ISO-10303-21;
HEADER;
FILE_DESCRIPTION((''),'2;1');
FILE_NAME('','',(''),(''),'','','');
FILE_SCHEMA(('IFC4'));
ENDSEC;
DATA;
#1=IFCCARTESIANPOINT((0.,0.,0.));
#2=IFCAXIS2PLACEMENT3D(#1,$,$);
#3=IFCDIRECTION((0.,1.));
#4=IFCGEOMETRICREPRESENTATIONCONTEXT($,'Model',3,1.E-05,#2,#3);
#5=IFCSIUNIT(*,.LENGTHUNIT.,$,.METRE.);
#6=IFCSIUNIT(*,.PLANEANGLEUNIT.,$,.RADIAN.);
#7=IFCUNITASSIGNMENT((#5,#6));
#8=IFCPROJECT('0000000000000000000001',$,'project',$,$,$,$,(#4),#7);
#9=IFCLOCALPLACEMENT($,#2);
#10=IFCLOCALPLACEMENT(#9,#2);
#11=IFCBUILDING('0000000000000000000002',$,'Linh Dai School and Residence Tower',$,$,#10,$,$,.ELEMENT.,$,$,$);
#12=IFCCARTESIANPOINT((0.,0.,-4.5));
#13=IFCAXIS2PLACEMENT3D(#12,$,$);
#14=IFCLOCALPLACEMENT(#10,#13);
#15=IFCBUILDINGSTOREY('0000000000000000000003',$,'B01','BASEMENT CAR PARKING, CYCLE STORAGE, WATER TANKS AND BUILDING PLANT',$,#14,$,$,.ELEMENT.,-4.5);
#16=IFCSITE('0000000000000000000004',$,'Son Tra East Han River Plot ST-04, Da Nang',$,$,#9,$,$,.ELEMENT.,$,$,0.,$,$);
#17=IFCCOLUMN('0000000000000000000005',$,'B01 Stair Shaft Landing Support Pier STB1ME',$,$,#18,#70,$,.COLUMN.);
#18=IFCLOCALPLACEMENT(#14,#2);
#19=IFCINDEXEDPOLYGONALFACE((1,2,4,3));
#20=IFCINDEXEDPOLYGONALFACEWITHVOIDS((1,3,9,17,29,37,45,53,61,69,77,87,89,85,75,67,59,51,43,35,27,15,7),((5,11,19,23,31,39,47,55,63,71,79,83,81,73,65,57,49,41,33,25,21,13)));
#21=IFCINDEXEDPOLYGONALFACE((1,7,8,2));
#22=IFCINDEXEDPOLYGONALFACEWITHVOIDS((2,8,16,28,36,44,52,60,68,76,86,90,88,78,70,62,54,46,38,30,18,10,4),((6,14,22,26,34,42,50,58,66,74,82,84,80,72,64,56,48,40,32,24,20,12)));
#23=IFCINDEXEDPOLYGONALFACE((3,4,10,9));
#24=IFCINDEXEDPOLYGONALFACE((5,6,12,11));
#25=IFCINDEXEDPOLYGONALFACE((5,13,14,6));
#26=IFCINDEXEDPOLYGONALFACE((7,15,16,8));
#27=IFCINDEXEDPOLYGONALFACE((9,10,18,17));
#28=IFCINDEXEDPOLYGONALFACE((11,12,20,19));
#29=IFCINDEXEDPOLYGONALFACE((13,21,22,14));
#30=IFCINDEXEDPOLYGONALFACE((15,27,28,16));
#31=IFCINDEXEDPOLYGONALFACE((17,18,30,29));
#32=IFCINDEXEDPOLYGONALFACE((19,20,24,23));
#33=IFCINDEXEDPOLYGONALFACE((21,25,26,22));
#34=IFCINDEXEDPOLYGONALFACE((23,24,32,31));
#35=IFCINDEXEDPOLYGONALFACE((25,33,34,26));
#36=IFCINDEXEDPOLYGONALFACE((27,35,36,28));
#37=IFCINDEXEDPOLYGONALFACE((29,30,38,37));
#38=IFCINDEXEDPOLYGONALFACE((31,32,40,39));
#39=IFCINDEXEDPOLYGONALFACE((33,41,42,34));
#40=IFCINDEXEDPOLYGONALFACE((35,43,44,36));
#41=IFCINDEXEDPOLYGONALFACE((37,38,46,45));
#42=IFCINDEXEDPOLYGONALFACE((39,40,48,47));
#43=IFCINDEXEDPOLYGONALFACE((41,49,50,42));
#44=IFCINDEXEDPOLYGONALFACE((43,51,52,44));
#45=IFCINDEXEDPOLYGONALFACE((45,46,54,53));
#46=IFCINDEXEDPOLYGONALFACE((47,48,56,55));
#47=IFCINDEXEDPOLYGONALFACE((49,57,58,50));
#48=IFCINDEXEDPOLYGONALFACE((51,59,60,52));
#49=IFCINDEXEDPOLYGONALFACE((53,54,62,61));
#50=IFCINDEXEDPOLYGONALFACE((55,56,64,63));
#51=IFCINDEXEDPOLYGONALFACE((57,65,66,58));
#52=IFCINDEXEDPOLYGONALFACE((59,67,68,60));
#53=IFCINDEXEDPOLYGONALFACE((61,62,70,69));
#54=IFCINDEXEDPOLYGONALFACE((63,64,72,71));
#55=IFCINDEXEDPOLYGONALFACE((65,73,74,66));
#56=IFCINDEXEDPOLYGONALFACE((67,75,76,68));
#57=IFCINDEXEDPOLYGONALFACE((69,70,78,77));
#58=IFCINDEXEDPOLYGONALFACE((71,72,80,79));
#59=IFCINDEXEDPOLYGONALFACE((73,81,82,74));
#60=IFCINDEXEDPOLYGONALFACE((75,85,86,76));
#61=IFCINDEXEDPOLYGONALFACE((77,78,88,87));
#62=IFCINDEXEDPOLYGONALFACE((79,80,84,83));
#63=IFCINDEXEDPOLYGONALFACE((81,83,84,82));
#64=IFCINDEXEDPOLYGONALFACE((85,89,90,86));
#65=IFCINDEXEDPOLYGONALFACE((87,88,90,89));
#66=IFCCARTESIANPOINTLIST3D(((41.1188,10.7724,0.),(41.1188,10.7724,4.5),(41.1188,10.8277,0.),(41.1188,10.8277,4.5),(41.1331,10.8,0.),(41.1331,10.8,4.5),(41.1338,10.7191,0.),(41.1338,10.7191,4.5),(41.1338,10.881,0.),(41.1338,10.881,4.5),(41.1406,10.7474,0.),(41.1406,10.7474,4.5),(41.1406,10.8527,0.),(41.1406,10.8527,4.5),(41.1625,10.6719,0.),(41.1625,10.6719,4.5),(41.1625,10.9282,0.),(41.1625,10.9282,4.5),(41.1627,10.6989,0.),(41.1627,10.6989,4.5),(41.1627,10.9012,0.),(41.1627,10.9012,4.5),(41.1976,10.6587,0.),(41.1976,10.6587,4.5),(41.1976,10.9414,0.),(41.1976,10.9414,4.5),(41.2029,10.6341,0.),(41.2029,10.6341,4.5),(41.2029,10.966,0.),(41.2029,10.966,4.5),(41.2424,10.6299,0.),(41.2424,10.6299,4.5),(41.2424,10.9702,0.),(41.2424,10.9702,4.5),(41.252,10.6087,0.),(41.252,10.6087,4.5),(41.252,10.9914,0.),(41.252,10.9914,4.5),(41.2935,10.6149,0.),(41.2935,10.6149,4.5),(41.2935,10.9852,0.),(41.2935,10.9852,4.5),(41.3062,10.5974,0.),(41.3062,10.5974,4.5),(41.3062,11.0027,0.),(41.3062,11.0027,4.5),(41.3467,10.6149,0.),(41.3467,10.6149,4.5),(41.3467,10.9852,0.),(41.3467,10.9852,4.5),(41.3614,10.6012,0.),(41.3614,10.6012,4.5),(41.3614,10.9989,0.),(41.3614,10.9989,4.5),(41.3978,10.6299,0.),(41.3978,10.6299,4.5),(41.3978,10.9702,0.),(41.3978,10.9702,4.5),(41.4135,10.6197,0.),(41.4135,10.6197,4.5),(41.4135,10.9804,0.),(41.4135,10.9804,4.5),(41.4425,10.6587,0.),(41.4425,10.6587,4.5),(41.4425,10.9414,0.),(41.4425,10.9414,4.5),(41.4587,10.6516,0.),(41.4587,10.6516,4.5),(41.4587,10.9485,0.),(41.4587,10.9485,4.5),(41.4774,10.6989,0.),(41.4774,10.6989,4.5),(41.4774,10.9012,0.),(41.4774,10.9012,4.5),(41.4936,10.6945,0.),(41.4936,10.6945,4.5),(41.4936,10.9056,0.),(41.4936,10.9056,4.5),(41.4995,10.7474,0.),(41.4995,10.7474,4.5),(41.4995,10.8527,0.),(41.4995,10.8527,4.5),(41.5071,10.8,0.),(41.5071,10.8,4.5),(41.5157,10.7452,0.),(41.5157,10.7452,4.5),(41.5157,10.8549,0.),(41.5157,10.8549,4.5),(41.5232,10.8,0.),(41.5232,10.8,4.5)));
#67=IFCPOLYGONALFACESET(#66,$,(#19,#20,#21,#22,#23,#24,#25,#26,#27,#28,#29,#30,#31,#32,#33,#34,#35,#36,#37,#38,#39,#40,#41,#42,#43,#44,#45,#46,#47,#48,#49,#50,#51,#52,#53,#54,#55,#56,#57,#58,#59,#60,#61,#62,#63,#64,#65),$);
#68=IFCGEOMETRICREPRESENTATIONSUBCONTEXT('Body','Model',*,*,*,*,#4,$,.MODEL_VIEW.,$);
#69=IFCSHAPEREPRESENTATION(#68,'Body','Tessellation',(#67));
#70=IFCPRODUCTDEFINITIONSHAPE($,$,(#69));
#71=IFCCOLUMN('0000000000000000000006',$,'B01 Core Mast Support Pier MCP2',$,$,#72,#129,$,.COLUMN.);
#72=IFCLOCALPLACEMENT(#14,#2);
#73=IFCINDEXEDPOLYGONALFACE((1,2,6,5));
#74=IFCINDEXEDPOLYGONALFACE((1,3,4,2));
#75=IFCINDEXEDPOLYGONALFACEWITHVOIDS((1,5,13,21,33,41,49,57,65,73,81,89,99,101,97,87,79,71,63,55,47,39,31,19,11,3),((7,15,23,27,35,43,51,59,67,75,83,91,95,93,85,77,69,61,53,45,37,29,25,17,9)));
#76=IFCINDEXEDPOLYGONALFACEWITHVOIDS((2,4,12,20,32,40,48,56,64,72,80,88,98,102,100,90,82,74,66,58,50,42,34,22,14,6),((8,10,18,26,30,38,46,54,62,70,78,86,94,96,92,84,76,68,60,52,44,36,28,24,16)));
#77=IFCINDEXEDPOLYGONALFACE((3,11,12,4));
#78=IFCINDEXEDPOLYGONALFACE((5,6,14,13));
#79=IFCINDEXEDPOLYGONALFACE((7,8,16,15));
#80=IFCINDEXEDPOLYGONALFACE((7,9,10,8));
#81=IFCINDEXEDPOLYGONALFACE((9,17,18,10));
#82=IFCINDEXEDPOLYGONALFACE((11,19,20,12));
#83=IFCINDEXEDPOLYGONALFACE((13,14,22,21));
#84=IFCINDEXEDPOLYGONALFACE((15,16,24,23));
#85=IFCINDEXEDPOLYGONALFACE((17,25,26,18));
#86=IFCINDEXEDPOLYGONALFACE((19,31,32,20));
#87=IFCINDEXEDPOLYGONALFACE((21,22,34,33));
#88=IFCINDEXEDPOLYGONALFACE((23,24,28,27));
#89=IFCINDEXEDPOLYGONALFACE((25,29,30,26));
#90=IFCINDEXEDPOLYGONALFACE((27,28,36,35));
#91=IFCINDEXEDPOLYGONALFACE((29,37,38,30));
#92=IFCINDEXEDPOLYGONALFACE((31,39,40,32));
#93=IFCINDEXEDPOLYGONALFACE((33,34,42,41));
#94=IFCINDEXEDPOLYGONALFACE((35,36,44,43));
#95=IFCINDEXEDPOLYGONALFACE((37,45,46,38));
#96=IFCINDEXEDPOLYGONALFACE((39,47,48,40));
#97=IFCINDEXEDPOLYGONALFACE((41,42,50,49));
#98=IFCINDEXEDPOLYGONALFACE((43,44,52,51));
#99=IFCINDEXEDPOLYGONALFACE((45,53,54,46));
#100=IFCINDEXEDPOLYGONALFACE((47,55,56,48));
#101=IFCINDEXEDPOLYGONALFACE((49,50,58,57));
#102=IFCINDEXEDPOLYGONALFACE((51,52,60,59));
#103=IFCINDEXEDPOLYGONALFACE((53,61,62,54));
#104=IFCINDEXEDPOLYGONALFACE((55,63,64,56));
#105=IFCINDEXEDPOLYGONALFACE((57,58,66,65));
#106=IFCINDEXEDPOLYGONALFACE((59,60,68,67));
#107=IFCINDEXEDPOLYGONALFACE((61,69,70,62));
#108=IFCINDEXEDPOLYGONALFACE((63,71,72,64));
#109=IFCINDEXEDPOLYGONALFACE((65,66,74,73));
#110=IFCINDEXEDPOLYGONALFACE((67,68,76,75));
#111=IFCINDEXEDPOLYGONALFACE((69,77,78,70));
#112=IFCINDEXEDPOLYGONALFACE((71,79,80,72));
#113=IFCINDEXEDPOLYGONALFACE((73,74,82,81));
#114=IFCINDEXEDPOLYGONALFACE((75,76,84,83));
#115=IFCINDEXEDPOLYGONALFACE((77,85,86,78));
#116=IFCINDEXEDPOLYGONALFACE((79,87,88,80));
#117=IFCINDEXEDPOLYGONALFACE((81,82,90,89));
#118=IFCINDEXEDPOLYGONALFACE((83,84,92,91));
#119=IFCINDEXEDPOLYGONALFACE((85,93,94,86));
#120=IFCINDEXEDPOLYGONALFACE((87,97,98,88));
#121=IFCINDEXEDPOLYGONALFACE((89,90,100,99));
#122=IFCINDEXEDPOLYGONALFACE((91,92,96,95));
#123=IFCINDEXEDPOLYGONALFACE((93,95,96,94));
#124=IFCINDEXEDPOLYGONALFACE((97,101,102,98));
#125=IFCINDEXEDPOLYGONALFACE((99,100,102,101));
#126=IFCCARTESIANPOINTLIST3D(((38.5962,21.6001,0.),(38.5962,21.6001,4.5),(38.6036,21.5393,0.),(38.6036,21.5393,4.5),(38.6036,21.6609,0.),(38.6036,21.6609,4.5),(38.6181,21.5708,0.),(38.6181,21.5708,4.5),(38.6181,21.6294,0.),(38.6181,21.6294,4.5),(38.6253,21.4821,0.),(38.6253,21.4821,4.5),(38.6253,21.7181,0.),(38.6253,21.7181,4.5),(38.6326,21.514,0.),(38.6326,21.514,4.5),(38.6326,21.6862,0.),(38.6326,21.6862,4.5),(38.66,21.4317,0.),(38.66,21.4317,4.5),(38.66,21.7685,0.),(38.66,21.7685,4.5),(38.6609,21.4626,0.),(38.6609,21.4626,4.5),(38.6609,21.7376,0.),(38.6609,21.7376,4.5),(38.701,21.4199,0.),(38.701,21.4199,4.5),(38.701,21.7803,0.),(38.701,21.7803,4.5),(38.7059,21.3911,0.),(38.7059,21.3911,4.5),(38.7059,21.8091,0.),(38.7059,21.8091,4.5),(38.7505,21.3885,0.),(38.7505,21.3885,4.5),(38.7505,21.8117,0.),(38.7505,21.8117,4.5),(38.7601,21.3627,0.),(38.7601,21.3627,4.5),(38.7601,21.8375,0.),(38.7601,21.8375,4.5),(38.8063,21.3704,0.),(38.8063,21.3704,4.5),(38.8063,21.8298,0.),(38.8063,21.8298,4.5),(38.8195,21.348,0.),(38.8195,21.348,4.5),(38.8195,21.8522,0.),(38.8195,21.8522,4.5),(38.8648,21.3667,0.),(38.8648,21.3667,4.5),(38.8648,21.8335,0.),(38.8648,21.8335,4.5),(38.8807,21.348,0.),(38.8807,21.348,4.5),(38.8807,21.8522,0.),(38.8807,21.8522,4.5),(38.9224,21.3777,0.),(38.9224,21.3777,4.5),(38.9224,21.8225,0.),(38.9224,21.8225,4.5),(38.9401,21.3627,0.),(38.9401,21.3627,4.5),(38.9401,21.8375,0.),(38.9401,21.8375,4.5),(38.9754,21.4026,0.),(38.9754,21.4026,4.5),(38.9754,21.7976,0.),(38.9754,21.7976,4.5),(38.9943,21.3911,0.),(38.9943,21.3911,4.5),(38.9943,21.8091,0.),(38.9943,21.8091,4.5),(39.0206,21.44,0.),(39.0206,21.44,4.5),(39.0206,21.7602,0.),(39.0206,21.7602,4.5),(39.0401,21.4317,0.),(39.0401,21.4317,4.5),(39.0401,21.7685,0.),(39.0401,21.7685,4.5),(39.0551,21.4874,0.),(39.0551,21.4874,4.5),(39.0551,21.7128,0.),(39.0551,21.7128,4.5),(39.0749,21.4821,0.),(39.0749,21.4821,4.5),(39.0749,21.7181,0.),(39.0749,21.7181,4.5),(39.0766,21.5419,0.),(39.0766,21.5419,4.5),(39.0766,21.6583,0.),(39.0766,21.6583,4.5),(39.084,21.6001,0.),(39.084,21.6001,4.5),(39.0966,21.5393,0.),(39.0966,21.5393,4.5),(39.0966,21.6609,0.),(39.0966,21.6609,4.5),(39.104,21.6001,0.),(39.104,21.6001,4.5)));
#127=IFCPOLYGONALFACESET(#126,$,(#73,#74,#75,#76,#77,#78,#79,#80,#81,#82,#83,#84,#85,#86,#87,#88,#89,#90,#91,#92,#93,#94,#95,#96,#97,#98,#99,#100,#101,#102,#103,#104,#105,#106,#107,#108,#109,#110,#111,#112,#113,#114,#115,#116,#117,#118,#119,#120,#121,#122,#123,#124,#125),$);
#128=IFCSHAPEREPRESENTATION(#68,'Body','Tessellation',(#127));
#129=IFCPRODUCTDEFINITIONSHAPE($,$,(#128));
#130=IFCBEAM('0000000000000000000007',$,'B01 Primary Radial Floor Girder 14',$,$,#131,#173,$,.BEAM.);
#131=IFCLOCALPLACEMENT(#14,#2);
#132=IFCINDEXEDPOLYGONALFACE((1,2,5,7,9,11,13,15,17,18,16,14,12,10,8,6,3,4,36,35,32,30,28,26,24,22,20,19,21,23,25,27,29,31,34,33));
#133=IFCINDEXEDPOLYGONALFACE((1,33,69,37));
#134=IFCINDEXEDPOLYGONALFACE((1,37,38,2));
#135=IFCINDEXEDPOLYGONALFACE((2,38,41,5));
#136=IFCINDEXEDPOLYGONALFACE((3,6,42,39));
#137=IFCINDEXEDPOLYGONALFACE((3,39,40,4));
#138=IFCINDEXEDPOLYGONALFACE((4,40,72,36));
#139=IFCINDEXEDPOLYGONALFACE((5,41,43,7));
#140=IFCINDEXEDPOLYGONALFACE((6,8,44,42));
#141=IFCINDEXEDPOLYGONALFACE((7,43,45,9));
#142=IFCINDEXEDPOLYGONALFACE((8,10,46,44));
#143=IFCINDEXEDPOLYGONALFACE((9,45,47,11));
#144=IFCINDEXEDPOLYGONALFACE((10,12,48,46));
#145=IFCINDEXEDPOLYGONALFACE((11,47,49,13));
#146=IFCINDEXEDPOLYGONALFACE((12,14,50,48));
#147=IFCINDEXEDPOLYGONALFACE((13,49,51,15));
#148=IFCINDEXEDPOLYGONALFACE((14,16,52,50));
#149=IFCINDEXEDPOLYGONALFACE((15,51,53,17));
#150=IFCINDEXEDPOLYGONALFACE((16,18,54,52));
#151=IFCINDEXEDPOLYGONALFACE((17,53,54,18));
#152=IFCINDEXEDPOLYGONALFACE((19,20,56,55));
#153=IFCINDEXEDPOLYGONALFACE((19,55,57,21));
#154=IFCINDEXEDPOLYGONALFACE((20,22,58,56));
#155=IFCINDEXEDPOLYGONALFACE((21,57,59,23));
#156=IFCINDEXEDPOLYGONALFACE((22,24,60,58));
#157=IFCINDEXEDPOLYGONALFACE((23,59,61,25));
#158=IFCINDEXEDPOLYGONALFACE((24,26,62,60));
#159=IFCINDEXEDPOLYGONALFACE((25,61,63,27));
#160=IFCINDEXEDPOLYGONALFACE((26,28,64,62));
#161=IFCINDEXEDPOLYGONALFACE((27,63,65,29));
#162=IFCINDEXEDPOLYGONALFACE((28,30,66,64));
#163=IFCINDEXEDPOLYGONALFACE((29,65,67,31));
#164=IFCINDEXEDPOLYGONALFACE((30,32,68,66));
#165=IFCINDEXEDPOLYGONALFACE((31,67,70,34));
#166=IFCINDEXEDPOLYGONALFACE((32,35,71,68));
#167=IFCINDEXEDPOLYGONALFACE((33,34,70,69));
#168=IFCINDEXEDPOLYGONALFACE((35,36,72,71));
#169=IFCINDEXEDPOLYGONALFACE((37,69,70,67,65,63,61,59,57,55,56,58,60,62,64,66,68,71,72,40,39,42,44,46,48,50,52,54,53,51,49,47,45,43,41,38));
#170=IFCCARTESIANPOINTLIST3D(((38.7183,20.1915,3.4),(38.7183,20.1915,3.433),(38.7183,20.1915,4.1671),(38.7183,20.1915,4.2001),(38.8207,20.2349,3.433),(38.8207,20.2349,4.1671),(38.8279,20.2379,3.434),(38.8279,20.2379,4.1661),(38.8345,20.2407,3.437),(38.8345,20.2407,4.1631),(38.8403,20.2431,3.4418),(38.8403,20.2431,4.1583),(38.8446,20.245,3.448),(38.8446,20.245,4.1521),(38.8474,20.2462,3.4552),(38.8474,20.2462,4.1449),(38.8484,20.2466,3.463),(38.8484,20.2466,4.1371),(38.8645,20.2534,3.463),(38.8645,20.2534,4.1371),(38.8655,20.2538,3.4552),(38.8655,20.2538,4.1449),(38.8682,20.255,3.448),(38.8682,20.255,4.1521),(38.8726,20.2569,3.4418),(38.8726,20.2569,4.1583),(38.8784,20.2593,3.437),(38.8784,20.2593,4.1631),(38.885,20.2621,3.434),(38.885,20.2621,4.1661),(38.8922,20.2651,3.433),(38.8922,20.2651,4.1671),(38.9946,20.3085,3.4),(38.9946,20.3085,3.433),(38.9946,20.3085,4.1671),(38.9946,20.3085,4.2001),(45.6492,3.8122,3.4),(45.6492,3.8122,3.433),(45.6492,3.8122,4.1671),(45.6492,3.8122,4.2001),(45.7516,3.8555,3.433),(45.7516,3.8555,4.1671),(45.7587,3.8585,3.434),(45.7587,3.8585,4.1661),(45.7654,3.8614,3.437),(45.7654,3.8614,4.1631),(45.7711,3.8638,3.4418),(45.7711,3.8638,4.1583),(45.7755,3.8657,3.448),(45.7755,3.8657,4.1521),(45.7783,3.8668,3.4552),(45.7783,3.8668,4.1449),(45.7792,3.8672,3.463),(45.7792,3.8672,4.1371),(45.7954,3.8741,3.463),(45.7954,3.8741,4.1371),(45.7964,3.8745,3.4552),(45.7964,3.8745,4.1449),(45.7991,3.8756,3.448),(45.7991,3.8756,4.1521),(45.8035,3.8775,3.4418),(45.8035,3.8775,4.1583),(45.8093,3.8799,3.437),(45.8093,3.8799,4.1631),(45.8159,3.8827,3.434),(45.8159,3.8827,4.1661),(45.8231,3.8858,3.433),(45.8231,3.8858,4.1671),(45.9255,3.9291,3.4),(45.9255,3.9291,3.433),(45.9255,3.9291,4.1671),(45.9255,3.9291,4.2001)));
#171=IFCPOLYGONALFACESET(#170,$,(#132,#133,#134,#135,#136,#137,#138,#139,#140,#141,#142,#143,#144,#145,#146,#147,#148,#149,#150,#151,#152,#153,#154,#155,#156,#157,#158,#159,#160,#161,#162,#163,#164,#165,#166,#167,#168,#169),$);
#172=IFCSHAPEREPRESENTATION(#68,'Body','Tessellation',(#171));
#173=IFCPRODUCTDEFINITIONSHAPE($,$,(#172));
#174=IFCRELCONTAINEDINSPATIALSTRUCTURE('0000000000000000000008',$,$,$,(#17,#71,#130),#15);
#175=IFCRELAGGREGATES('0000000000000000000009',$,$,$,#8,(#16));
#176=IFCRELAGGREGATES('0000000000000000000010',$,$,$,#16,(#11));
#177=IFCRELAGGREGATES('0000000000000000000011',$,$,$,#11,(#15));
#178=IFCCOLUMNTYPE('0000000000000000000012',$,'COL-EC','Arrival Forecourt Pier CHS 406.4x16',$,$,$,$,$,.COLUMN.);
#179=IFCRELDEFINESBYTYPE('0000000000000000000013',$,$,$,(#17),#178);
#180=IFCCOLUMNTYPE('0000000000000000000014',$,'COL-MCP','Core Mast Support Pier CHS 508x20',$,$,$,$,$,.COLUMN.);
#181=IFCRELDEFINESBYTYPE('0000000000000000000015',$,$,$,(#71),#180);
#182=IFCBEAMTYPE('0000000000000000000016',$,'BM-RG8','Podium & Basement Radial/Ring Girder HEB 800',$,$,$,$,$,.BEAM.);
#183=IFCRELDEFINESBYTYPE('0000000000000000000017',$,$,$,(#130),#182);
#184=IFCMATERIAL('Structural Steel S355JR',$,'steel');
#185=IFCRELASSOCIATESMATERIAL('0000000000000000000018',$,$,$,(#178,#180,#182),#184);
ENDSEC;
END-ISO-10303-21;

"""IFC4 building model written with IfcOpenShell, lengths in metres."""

from ifc_helpers import new_model, si_unit, direction, frame, origin, origin_2d, place, context, subcontext, project, spatial, hollow_circle, i_section, extrude, material, material_profile, profile_set, type_object, element, save


model = new_model("IFC4")

# Units and contexts
model_context = context("Model", 3, precision=1e-05, world=origin(), true_north=direction((0.0, 1.0)))
body_context = subcontext(model_context, "Body", "Model", "MODEL_VIEW")
ifc_project = project(units=[si_unit("LENGTHUNIT", "METRE"), si_unit("PLANEANGLEUNIT", "RADIAN")], contexts=[model_context])

# Site, building, storey
site_placement = place(None, origin())
site = spatial("IfcSite", under=ifc_project, at=site_placement, Name="Son Tra East Han River Plot ST-04, Da Nang", CompositionType="ELEMENT", RefElevation=0.0)
building_placement = place(site_placement, origin())
building = spatial("IfcBuilding", under=site, at=building_placement, Name="Linh Dai School and Residence Tower", CompositionType="ELEMENT")
storey_placement = place(building_placement, frame((0.0, 0.0, -4.5)))
storey = spatial("IfcBuildingStorey", under=building, at=storey_placement, Name="B01", Description="BASEMENT CAR PARKING, CYCLE STORAGE, WATER TANKS AND BUILDING PLANT", CompositionType="ELEMENT", Elevation=-4.5)

# Columns
ifc_material_1 = material(Name="Structural Steel S355JR", Category="steel")
ifc_material_profile_1 = material_profile(ifc_material_1, hollow_circle(Radius=0.2031, WallThickness=0.0161, at=origin_2d()), Name="CHS 406.4x16")
ifc_profile_set_1 = profile_set([ifc_material_profile_1], Name="Structural Steel S355JR")
column_type_1 = type_object("IfcColumnType", Name="COL-EC", Description="Arrival Forecourt Pier CHS 406.4x16", PredefinedType="COLUMN", material=ifc_profile_set_1)
for number, where, z_axis, x_axis, name in (
    (1, (41.3201, 10.8, 0.0), (0.0, 0.0, 1.0), (1.0, 0.0, 0.0), "B01 Stair Shaft Landing Support Pier STB1ME"),
):
    element("IfcColumn", number, at=place(storey_placement, frame(where, z_axis=z_axis, x_axis=x_axis)), inside=storey, type_object=column_type_1, Name=name, PredefinedType="COLUMN", context=body_context, shape_type="SweptSolid", body=[
        extrude(hollow_circle(Radius=0.2031, WallThickness=0.0161, at=origin_2d()), origin(), (0.0, 0.0, 1.0), 4.5),
    ])
ifc_material_profile_2 = material_profile(ifc_material_1, hollow_circle(Radius=0.2539, WallThickness=0.02, at=origin_2d()), Name="CHS 508x20")
ifc_profile_set_2 = profile_set([ifc_material_profile_2], Name="Structural Steel S355JR")
column_type_2 = type_object("IfcColumnType", Name="COL-MCP", Description="Core Mast Support Pier CHS 508x20", PredefinedType="COLUMN", material=ifc_profile_set_2)
column_placement = place(storey_placement, frame((38.8501, 21.6001, 0.0), z_axis=(0.0, 0.0, 1.0), x_axis=(1.0, 0.0, 0.0)))
element("IfcColumn", 2, at=column_placement, inside=storey, type_object=column_type_2, Name="B01 Core Mast Support Pier MCP2", PredefinedType="COLUMN", context=body_context, shape_type="SweptSolid", body=[
    extrude(hollow_circle(Radius=0.2539, WallThickness=0.02, at=origin_2d()), origin(), (0.0, 0.0, 1.0), 4.5),
])

# Beam
ifc_material_profile_3 = material_profile(ifc_material_1, i_section(OverallWidth=0.3, OverallDepth=0.8, WebThickness=0.0176, FlangeThickness=0.033, FilletRadius=0.03, at=origin_2d()), Name="HEB 800")
ifc_profile_set_3 = profile_set([ifc_material_profile_3], Name="Structural Steel S355JR")
beam_type_1 = type_object("IfcBeamType", Name="BM-RG8", Description="Podium & Basement Radial/Ring Girder HEB 800", PredefinedType="BEAM", material=ifc_profile_set_3)
beam_1_placement = place(storey_placement, frame((38.8564, 20.25, 3.8), z_axis=(0.389696, -0.920944, 0.0), x_axis=(0.920944, 0.389696, 0.0)))
element("IfcBeam", 3, at=beam_1_placement, inside=storey, type_object=beam_type_1, Name="B01 Primary Radial Floor Girder 14", PredefinedType="BEAM", context=body_context, shape_type="SweptSolid", body=[
    extrude(i_section(OverallWidth=0.3, OverallDepth=0.8, WebThickness=0.0176, FlangeThickness=0.033, FilletRadius=0.03, at=origin_2d()), origin(), (0.0, 0.0, 1.0), 17.7854),
])

save(model, "model.ifc")
